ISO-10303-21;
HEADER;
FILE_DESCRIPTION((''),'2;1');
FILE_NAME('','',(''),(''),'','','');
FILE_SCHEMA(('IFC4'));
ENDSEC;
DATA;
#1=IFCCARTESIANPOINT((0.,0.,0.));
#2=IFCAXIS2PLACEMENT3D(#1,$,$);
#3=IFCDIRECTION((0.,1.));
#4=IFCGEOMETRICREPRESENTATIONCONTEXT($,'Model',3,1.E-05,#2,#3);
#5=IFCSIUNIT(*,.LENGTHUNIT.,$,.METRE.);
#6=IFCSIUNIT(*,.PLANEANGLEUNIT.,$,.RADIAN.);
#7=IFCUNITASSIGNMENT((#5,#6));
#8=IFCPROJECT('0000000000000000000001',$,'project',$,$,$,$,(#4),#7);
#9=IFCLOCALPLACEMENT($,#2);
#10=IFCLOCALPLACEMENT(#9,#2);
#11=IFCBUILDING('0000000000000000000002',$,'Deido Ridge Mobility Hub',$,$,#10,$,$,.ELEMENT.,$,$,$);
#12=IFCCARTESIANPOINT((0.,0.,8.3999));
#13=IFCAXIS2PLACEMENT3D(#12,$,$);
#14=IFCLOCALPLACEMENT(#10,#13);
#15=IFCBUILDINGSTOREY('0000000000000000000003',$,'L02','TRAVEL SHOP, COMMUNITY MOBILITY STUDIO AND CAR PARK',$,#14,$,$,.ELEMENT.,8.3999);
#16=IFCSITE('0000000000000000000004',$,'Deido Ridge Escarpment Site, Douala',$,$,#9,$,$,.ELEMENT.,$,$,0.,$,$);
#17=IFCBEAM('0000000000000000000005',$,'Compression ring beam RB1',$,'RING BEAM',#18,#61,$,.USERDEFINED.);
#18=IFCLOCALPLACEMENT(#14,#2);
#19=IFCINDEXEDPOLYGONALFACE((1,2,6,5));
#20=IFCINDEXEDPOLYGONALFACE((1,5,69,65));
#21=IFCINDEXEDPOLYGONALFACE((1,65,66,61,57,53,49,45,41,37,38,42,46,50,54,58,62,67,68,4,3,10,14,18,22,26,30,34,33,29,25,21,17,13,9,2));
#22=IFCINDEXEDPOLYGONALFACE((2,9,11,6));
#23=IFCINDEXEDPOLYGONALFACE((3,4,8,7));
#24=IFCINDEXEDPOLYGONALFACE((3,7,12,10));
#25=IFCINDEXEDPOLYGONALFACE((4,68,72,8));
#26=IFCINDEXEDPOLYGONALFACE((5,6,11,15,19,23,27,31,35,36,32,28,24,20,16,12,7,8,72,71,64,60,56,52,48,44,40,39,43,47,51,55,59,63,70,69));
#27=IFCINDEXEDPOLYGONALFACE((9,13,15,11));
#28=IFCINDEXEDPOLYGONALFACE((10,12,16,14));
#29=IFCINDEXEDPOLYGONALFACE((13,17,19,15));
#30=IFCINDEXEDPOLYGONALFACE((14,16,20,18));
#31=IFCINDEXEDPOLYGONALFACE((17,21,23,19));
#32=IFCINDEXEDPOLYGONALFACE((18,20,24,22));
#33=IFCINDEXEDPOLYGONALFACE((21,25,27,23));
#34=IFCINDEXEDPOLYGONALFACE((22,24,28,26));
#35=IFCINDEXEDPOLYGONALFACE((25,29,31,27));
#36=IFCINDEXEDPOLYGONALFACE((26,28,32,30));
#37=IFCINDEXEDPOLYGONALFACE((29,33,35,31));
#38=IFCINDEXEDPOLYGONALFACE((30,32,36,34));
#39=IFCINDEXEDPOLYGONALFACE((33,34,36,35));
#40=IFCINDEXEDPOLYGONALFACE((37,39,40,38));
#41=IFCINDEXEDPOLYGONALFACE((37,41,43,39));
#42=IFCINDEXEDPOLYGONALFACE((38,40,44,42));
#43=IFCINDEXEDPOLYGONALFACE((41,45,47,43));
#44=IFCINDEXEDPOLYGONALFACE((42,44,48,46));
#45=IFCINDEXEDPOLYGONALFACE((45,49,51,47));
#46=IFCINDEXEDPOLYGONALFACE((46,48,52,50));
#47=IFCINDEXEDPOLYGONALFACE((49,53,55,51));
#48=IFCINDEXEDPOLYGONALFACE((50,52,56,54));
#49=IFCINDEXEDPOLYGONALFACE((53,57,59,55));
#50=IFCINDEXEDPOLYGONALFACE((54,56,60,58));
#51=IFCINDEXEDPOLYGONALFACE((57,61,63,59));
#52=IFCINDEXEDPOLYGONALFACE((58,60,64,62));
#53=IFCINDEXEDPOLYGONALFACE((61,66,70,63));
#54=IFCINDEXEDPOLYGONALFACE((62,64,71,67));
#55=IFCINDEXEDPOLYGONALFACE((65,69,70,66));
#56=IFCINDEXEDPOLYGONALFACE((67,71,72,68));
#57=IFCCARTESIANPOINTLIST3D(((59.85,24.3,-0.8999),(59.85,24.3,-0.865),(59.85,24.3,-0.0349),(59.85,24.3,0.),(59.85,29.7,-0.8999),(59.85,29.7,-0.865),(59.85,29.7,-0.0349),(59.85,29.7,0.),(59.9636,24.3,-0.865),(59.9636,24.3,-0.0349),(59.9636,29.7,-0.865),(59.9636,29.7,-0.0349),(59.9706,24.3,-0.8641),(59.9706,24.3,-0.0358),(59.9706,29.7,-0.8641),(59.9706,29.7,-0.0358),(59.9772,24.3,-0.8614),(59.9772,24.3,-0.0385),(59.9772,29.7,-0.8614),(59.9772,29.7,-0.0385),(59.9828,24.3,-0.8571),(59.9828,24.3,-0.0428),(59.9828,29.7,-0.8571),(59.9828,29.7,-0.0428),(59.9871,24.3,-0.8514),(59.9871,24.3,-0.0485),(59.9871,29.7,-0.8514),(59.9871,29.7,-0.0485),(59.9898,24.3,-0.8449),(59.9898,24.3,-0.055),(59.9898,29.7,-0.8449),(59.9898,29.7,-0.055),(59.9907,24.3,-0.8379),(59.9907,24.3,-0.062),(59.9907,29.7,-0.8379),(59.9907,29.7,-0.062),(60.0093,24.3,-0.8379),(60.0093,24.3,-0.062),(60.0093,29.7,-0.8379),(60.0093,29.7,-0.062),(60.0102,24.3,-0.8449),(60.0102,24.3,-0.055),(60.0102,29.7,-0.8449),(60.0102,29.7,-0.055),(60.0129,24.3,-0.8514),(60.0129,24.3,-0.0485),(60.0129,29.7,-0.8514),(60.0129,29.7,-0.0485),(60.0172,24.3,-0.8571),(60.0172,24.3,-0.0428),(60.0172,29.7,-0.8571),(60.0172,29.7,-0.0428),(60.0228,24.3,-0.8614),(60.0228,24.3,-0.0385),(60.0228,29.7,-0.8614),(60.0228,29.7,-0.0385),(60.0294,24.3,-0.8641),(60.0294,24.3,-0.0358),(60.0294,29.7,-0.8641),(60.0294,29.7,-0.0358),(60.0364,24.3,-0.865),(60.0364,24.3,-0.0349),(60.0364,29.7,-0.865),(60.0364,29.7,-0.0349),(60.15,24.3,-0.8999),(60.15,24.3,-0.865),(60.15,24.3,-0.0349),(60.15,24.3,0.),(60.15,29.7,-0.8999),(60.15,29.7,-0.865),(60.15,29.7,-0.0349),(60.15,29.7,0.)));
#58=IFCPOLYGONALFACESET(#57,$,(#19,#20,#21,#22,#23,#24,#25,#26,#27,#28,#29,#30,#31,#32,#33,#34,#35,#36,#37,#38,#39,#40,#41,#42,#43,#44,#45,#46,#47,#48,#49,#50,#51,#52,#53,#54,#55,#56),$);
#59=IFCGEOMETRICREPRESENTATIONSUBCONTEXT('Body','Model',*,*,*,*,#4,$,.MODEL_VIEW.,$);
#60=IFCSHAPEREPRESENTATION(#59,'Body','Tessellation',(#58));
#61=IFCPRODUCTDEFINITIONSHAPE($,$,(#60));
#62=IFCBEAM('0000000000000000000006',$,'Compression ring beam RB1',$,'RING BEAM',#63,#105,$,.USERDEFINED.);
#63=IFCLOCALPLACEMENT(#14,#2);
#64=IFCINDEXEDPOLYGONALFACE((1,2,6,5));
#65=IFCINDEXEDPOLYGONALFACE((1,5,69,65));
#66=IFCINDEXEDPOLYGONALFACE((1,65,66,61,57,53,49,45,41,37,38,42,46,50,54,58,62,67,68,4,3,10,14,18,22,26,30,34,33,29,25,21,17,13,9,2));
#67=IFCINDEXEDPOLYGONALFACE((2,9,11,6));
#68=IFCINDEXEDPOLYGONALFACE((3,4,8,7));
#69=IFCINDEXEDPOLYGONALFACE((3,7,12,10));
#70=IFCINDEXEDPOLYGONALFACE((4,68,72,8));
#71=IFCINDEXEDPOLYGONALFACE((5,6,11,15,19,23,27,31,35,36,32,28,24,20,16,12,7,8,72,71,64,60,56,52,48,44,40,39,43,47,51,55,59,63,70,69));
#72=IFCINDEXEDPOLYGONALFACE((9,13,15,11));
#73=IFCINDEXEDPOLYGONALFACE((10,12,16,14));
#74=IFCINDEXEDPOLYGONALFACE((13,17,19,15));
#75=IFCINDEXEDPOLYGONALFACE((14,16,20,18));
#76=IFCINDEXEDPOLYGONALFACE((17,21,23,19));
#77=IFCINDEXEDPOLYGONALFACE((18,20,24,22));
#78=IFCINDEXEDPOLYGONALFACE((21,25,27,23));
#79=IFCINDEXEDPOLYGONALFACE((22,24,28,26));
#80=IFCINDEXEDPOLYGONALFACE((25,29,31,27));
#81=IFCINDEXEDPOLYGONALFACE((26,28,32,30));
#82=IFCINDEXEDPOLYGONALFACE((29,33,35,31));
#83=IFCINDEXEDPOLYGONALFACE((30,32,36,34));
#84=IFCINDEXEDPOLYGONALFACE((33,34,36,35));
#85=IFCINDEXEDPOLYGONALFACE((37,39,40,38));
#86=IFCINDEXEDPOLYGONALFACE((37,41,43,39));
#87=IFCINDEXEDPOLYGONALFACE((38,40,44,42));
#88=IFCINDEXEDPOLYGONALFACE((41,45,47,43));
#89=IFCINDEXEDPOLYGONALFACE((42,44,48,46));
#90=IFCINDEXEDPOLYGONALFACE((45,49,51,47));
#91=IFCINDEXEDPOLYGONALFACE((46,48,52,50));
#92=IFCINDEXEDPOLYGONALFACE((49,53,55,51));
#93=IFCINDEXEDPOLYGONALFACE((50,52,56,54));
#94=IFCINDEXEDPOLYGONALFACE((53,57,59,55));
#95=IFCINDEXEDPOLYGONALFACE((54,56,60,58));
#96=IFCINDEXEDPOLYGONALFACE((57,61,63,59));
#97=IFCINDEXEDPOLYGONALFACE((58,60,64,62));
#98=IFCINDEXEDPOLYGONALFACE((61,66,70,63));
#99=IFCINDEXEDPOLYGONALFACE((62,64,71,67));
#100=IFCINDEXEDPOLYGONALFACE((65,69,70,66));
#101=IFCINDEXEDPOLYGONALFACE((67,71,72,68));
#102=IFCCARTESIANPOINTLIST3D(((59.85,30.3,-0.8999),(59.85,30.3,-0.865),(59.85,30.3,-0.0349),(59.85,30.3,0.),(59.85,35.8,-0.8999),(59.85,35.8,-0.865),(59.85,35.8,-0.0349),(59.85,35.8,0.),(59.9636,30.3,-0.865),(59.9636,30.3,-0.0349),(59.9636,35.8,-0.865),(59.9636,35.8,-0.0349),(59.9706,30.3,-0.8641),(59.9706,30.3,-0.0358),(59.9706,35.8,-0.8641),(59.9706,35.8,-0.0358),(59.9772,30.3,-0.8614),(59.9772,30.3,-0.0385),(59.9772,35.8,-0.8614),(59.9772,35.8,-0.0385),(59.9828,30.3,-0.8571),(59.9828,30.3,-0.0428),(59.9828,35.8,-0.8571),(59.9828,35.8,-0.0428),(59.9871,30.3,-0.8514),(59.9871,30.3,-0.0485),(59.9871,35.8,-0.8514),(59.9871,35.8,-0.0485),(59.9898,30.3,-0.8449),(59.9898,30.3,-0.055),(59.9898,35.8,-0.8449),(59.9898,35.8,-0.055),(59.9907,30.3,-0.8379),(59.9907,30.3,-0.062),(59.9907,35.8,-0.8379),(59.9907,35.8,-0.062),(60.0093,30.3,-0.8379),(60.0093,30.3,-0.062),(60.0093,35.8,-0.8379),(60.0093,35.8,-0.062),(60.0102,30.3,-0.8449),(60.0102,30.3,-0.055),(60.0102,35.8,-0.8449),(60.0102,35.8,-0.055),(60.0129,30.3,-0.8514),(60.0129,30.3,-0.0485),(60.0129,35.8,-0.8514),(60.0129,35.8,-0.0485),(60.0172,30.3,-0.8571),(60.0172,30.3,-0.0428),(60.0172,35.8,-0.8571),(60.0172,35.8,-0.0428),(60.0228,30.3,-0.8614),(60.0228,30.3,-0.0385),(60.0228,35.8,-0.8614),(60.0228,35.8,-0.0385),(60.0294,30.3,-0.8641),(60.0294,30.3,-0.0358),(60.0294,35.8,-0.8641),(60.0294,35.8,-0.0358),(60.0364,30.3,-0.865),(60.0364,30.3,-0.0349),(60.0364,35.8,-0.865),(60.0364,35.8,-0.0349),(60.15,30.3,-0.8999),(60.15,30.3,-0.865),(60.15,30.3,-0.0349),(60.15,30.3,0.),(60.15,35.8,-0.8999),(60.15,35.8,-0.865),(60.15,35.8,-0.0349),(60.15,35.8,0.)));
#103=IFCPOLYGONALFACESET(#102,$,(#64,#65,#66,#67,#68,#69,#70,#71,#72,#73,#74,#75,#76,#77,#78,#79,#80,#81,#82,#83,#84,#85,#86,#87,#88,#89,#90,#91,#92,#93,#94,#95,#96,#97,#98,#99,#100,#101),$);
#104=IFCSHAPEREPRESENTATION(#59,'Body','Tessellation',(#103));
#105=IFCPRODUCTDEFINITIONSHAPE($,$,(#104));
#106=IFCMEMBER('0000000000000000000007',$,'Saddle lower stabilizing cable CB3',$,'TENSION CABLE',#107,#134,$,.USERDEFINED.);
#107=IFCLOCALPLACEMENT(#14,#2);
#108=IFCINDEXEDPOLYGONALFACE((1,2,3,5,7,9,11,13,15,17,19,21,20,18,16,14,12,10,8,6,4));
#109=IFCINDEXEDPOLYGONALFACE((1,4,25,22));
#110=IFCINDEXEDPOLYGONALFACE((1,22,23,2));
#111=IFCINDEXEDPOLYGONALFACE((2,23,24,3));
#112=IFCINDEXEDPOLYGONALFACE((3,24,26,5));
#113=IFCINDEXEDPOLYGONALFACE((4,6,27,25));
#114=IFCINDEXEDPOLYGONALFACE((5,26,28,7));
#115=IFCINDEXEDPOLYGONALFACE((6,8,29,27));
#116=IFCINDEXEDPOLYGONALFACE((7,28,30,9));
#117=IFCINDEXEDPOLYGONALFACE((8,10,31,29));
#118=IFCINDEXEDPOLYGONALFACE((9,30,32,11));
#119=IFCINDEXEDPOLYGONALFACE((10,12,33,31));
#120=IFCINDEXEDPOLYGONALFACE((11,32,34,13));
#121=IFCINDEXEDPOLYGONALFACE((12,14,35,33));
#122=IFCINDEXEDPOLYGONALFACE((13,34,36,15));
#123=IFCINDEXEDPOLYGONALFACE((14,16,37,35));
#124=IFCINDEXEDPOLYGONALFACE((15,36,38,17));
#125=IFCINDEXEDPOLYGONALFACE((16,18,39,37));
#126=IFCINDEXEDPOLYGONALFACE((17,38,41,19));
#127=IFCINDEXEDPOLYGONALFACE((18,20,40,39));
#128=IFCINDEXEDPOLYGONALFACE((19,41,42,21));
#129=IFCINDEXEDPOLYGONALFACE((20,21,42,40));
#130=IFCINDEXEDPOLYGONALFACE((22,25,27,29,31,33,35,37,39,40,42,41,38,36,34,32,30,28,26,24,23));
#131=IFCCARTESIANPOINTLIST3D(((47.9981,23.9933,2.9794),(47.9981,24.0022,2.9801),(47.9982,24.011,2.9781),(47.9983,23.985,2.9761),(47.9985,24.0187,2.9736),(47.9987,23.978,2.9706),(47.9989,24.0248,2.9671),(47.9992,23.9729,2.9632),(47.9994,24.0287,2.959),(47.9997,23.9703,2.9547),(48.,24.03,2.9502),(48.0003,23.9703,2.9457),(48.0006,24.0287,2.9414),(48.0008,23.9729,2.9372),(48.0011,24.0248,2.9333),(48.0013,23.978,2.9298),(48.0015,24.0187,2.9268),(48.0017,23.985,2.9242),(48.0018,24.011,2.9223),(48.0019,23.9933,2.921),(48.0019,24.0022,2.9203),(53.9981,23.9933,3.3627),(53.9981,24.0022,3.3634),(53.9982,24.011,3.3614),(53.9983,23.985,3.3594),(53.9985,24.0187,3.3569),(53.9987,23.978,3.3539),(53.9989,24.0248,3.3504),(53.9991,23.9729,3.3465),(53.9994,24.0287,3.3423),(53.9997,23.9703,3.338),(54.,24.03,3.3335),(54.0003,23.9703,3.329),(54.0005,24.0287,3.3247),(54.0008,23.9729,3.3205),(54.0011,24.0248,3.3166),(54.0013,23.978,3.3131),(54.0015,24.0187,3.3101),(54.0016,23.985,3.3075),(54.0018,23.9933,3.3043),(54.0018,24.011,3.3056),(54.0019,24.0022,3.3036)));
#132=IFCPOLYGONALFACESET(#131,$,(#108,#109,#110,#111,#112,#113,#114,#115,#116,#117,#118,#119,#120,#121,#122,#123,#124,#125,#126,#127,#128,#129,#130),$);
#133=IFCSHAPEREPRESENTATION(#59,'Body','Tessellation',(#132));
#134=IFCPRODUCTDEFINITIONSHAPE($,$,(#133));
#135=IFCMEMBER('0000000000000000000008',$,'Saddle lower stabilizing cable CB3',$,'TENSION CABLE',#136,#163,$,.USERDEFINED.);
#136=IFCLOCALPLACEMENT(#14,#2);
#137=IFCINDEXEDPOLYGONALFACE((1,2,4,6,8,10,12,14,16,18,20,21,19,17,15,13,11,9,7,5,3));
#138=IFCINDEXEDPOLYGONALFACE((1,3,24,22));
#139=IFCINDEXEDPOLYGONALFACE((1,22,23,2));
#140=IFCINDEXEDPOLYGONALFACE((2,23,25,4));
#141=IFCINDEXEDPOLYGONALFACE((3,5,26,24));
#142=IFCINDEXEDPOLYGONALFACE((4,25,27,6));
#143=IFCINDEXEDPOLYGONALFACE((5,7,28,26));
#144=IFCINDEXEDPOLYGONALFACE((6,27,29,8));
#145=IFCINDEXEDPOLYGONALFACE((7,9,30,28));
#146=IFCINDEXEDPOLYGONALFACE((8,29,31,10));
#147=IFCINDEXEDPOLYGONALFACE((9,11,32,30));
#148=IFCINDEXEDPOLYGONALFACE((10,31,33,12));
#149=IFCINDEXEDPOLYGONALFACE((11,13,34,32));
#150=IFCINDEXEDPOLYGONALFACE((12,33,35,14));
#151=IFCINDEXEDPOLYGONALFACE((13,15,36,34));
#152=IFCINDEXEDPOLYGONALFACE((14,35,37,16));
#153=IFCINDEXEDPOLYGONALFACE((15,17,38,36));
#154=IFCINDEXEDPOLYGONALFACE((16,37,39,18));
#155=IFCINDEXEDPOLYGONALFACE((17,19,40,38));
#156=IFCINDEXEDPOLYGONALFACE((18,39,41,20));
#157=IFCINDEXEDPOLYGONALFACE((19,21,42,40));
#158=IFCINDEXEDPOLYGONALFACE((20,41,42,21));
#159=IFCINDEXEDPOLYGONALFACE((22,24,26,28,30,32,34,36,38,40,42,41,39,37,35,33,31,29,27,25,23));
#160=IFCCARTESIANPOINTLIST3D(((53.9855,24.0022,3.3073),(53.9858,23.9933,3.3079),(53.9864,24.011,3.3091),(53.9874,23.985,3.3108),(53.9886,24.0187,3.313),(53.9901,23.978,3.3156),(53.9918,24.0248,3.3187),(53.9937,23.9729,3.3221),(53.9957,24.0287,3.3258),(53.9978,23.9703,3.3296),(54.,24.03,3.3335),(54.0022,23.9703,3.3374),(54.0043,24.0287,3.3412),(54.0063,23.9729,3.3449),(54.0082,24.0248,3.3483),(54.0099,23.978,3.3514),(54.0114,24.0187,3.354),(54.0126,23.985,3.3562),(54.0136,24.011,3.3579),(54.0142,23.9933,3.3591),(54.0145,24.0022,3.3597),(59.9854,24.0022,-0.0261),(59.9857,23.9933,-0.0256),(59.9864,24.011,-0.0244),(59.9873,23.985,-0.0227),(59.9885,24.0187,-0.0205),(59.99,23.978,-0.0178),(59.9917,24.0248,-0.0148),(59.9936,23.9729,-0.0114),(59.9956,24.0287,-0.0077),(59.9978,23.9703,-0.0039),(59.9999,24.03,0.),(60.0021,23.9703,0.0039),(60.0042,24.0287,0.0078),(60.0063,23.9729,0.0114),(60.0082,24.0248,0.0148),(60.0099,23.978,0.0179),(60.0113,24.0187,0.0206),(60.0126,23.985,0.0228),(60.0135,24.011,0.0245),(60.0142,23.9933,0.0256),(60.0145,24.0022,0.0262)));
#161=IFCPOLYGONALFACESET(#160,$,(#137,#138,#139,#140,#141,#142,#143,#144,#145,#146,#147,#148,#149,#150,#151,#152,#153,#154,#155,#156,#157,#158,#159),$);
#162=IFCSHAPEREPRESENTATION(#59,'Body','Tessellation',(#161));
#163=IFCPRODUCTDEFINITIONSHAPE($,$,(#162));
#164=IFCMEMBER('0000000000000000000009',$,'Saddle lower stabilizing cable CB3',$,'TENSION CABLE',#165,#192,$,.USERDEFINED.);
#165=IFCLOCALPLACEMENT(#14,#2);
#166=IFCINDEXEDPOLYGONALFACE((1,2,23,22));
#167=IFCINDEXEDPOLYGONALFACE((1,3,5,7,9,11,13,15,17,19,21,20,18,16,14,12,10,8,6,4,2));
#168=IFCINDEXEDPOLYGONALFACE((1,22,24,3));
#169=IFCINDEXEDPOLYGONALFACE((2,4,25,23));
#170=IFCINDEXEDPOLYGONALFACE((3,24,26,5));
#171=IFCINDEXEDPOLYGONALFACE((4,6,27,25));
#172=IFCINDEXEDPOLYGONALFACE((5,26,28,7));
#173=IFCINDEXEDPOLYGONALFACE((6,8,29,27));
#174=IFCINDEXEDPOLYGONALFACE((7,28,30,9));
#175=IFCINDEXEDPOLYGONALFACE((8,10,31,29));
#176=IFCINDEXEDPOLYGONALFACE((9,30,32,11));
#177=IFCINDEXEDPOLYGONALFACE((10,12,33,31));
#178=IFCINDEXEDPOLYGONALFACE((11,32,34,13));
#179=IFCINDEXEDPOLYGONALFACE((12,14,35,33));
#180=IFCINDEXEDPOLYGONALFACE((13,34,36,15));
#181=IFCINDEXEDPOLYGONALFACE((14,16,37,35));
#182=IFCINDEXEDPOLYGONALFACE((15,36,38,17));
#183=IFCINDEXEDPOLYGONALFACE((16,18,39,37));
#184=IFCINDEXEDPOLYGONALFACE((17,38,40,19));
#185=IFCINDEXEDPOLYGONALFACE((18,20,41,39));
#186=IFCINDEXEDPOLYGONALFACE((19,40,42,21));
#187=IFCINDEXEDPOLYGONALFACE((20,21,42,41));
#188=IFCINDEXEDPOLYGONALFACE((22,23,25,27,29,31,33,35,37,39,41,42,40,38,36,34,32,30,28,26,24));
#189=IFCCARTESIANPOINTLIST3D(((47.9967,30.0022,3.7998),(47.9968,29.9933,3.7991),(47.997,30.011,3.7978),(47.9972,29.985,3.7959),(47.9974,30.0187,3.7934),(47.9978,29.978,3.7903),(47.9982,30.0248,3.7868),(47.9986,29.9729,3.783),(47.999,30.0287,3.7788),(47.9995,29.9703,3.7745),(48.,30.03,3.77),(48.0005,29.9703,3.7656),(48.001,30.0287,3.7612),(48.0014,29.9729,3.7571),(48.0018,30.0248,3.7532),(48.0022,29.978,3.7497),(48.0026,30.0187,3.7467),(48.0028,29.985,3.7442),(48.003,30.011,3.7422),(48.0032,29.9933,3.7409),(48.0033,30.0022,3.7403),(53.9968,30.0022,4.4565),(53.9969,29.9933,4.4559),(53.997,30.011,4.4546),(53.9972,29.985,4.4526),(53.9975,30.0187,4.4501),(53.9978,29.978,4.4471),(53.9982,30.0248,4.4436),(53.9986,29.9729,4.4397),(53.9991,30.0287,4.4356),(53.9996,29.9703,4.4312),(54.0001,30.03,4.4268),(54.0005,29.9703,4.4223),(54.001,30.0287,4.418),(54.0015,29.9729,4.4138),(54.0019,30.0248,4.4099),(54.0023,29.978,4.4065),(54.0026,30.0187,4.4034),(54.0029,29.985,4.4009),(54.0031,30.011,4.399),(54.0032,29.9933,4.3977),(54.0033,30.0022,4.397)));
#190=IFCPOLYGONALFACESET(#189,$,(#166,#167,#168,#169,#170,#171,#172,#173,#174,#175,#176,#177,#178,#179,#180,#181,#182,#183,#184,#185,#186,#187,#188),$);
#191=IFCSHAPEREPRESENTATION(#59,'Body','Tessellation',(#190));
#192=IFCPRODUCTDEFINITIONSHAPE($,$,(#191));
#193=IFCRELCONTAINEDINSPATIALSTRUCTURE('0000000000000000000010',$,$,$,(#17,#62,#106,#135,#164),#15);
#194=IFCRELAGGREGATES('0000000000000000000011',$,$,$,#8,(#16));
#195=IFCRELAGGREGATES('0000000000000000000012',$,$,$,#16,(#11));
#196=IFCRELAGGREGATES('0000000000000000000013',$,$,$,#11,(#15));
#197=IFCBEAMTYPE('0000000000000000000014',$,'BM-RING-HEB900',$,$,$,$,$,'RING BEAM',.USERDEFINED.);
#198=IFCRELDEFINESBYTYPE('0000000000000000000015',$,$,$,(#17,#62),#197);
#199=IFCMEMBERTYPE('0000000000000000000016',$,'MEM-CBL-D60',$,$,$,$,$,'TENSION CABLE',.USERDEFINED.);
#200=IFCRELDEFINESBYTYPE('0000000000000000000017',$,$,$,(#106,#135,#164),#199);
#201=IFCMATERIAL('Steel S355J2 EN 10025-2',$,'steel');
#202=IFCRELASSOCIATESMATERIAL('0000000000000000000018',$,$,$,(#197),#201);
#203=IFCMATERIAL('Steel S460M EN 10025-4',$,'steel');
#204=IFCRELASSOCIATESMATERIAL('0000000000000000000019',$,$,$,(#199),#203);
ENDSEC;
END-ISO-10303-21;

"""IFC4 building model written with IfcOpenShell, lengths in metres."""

from ifc_helpers import new_model, si_unit, direction, frame, origin, origin_2d, place, context, subcontext, project, spatial, circle, i_section, extrude, material, material_profile, profile_set, type_object, element, save


model = new_model("IFC4")

# Units and contexts
model_context = context("Model", 3, precision=1e-05, world=origin(), true_north=direction((0.0, 1.0)))
body_context = subcontext(model_context, "Body", "Model", "MODEL_VIEW")
ifc_project = project(units=[si_unit("LENGTHUNIT", "METRE"), si_unit("PLANEANGLEUNIT", "RADIAN")], contexts=[model_context])

# Site, building, storey
site_placement = place(None, origin())
site = spatial("IfcSite", under=ifc_project, at=site_placement, Name="Deido Ridge Escarpment Site, Douala", CompositionType="ELEMENT", RefElevation=0.0)
building_placement = place(site_placement, origin())
building = spatial("IfcBuilding", under=site, at=building_placement, Name="Deido Ridge Mobility Hub", CompositionType="ELEMENT")
storey_placement = place(building_placement, frame((0.0, 0.0, 8.3999)))
storey = spatial("IfcBuildingStorey", under=building, at=storey_placement, Name="L02", Description="TRAVEL SHOP, COMMUNITY MOBILITY STUDIO AND CAR PARK", CompositionType="ELEMENT", Elevation=8.3999)

# Shared definitions
ifc_material_1 = material(Name="Steel S355J2 EN 10025-2", Category="steel")

# Beams
ifc_material_profile_1 = material_profile(ifc_material_1, i_section(OverallWidth=0.3, OverallDepth=0.8999, WebThickness=0.0186, FlangeThickness=0.0349, FilletRadius=0.0271, at=origin_2d()), Name="HEB 900")
ifc_profile_set_1 = profile_set([ifc_material_profile_1], Name="Steel S355J2 EN 10025-2")
beam_type_1 = type_object("IfcBeamType", Name="BM-RING-HEB900", ElementType="RING BEAM", PredefinedType="USERDEFINED", material=ifc_profile_set_1)
beam_1_placement = place(storey_placement, frame((60.0, 24.3, -0.45), z_axis=(0.0, 1.0, 0.0), x_axis=(-1.0, 0.0, 0.0)))
element("IfcBeam", 1, at=beam_1_placement, inside=storey, type_object=beam_type_1, Name="Compression ring beam RB1", ObjectType="RING BEAM", PredefinedType="USERDEFINED", context=body_context, shape_type="SweptSolid", body=[
    extrude(i_section(OverallWidth=0.3, OverallDepth=0.8999, WebThickness=0.0186, FlangeThickness=0.0349, FilletRadius=0.0271, at=origin_2d()), origin(), (0.0, 0.0, 1.0), 5.3999),
])
beam_2_placement = place(storey_placement, frame((60.0, 30.3, -0.45), z_axis=(0.0, 1.0, 0.0), x_axis=(-1.0, 0.0, 0.0)))
element("IfcBeam", 2, at=beam_2_placement, inside=storey, type_object=beam_type_1, Name="Compression ring beam RB1", ObjectType="RING BEAM", PredefinedType="USERDEFINED", context=body_context, shape_type="SweptSolid", body=[
    extrude(i_section(OverallWidth=0.3, OverallDepth=0.8999, WebThickness=0.0186, FlangeThickness=0.0349, FilletRadius=0.0271, at=origin_2d()), origin(), (0.0, 0.0, 1.0), 5.5),
])

# Members
ifc_material_2 = material(Name="Steel S460M EN 10025-4", Category="steel")
ifc_material_profile_2 = material_profile(ifc_material_2, circle(Radius=0.03, at=origin_2d()), Name="CABLE D60")
ifc_profile_set_2 = profile_set([ifc_material_profile_2], Name="Steel S460M EN 10025-4")
member_type_1 = type_object("IfcMemberType", Name="MEM-CBL-D60", ElementType="TENSION CABLE", PredefinedType="USERDEFINED", material=ifc_profile_set_2)
member_1_placement = place(storey_placement, frame((48.0, 24.0, 2.9502), z_axis=(0.997966, 0.0, 0.063754), x_axis=(0.0, 1.0, 0.0)))
element("IfcMember", 3, at=member_1_placement, inside=storey, type_object=member_type_1, Name="Saddle lower stabilizing cable CB3", ObjectType="TENSION CABLE", PredefinedType="USERDEFINED", context=body_context, shape_type="SweptSolid", body=[
    extrude(circle(Radius=0.03, at=origin_2d()), origin(), (0.0, 0.0, 1.0), 6.0122),
])
member_2_placement = place(storey_placement, frame((54.0, 24.0, 3.3335), z_axis=(0.874147, 0.0, -0.485661), x_axis=(0.0, 1.0, 0.0)))
element("IfcMember", 4, at=member_2_placement, inside=storey, type_object=member_type_1, Name="Saddle lower stabilizing cable CB3", ObjectType="TENSION CABLE", PredefinedType="USERDEFINED", context=body_context, shape_type="SweptSolid", body=[
    extrude(circle(Radius=0.03, at=origin_2d()), origin(), (0.0, 0.0, 1.0), 6.8638),
])
member_3_placement = place(storey_placement, frame((48.0, 30.0, 3.77), z_axis=(0.994063, 0.0, 0.108807), x_axis=(0.0, 1.0, 0.0)))
element("IfcMember", 5, at=member_3_placement, inside=storey, type_object=member_type_1, Name="Saddle lower stabilizing cable CB3", ObjectType="TENSION CABLE", PredefinedType="USERDEFINED", context=body_context, shape_type="SweptSolid", body=[
    extrude(circle(Radius=0.03, at=origin_2d()), origin(), (0.0, 0.0, 1.0), 6.0359),
])

save(model, "model.ifc")
